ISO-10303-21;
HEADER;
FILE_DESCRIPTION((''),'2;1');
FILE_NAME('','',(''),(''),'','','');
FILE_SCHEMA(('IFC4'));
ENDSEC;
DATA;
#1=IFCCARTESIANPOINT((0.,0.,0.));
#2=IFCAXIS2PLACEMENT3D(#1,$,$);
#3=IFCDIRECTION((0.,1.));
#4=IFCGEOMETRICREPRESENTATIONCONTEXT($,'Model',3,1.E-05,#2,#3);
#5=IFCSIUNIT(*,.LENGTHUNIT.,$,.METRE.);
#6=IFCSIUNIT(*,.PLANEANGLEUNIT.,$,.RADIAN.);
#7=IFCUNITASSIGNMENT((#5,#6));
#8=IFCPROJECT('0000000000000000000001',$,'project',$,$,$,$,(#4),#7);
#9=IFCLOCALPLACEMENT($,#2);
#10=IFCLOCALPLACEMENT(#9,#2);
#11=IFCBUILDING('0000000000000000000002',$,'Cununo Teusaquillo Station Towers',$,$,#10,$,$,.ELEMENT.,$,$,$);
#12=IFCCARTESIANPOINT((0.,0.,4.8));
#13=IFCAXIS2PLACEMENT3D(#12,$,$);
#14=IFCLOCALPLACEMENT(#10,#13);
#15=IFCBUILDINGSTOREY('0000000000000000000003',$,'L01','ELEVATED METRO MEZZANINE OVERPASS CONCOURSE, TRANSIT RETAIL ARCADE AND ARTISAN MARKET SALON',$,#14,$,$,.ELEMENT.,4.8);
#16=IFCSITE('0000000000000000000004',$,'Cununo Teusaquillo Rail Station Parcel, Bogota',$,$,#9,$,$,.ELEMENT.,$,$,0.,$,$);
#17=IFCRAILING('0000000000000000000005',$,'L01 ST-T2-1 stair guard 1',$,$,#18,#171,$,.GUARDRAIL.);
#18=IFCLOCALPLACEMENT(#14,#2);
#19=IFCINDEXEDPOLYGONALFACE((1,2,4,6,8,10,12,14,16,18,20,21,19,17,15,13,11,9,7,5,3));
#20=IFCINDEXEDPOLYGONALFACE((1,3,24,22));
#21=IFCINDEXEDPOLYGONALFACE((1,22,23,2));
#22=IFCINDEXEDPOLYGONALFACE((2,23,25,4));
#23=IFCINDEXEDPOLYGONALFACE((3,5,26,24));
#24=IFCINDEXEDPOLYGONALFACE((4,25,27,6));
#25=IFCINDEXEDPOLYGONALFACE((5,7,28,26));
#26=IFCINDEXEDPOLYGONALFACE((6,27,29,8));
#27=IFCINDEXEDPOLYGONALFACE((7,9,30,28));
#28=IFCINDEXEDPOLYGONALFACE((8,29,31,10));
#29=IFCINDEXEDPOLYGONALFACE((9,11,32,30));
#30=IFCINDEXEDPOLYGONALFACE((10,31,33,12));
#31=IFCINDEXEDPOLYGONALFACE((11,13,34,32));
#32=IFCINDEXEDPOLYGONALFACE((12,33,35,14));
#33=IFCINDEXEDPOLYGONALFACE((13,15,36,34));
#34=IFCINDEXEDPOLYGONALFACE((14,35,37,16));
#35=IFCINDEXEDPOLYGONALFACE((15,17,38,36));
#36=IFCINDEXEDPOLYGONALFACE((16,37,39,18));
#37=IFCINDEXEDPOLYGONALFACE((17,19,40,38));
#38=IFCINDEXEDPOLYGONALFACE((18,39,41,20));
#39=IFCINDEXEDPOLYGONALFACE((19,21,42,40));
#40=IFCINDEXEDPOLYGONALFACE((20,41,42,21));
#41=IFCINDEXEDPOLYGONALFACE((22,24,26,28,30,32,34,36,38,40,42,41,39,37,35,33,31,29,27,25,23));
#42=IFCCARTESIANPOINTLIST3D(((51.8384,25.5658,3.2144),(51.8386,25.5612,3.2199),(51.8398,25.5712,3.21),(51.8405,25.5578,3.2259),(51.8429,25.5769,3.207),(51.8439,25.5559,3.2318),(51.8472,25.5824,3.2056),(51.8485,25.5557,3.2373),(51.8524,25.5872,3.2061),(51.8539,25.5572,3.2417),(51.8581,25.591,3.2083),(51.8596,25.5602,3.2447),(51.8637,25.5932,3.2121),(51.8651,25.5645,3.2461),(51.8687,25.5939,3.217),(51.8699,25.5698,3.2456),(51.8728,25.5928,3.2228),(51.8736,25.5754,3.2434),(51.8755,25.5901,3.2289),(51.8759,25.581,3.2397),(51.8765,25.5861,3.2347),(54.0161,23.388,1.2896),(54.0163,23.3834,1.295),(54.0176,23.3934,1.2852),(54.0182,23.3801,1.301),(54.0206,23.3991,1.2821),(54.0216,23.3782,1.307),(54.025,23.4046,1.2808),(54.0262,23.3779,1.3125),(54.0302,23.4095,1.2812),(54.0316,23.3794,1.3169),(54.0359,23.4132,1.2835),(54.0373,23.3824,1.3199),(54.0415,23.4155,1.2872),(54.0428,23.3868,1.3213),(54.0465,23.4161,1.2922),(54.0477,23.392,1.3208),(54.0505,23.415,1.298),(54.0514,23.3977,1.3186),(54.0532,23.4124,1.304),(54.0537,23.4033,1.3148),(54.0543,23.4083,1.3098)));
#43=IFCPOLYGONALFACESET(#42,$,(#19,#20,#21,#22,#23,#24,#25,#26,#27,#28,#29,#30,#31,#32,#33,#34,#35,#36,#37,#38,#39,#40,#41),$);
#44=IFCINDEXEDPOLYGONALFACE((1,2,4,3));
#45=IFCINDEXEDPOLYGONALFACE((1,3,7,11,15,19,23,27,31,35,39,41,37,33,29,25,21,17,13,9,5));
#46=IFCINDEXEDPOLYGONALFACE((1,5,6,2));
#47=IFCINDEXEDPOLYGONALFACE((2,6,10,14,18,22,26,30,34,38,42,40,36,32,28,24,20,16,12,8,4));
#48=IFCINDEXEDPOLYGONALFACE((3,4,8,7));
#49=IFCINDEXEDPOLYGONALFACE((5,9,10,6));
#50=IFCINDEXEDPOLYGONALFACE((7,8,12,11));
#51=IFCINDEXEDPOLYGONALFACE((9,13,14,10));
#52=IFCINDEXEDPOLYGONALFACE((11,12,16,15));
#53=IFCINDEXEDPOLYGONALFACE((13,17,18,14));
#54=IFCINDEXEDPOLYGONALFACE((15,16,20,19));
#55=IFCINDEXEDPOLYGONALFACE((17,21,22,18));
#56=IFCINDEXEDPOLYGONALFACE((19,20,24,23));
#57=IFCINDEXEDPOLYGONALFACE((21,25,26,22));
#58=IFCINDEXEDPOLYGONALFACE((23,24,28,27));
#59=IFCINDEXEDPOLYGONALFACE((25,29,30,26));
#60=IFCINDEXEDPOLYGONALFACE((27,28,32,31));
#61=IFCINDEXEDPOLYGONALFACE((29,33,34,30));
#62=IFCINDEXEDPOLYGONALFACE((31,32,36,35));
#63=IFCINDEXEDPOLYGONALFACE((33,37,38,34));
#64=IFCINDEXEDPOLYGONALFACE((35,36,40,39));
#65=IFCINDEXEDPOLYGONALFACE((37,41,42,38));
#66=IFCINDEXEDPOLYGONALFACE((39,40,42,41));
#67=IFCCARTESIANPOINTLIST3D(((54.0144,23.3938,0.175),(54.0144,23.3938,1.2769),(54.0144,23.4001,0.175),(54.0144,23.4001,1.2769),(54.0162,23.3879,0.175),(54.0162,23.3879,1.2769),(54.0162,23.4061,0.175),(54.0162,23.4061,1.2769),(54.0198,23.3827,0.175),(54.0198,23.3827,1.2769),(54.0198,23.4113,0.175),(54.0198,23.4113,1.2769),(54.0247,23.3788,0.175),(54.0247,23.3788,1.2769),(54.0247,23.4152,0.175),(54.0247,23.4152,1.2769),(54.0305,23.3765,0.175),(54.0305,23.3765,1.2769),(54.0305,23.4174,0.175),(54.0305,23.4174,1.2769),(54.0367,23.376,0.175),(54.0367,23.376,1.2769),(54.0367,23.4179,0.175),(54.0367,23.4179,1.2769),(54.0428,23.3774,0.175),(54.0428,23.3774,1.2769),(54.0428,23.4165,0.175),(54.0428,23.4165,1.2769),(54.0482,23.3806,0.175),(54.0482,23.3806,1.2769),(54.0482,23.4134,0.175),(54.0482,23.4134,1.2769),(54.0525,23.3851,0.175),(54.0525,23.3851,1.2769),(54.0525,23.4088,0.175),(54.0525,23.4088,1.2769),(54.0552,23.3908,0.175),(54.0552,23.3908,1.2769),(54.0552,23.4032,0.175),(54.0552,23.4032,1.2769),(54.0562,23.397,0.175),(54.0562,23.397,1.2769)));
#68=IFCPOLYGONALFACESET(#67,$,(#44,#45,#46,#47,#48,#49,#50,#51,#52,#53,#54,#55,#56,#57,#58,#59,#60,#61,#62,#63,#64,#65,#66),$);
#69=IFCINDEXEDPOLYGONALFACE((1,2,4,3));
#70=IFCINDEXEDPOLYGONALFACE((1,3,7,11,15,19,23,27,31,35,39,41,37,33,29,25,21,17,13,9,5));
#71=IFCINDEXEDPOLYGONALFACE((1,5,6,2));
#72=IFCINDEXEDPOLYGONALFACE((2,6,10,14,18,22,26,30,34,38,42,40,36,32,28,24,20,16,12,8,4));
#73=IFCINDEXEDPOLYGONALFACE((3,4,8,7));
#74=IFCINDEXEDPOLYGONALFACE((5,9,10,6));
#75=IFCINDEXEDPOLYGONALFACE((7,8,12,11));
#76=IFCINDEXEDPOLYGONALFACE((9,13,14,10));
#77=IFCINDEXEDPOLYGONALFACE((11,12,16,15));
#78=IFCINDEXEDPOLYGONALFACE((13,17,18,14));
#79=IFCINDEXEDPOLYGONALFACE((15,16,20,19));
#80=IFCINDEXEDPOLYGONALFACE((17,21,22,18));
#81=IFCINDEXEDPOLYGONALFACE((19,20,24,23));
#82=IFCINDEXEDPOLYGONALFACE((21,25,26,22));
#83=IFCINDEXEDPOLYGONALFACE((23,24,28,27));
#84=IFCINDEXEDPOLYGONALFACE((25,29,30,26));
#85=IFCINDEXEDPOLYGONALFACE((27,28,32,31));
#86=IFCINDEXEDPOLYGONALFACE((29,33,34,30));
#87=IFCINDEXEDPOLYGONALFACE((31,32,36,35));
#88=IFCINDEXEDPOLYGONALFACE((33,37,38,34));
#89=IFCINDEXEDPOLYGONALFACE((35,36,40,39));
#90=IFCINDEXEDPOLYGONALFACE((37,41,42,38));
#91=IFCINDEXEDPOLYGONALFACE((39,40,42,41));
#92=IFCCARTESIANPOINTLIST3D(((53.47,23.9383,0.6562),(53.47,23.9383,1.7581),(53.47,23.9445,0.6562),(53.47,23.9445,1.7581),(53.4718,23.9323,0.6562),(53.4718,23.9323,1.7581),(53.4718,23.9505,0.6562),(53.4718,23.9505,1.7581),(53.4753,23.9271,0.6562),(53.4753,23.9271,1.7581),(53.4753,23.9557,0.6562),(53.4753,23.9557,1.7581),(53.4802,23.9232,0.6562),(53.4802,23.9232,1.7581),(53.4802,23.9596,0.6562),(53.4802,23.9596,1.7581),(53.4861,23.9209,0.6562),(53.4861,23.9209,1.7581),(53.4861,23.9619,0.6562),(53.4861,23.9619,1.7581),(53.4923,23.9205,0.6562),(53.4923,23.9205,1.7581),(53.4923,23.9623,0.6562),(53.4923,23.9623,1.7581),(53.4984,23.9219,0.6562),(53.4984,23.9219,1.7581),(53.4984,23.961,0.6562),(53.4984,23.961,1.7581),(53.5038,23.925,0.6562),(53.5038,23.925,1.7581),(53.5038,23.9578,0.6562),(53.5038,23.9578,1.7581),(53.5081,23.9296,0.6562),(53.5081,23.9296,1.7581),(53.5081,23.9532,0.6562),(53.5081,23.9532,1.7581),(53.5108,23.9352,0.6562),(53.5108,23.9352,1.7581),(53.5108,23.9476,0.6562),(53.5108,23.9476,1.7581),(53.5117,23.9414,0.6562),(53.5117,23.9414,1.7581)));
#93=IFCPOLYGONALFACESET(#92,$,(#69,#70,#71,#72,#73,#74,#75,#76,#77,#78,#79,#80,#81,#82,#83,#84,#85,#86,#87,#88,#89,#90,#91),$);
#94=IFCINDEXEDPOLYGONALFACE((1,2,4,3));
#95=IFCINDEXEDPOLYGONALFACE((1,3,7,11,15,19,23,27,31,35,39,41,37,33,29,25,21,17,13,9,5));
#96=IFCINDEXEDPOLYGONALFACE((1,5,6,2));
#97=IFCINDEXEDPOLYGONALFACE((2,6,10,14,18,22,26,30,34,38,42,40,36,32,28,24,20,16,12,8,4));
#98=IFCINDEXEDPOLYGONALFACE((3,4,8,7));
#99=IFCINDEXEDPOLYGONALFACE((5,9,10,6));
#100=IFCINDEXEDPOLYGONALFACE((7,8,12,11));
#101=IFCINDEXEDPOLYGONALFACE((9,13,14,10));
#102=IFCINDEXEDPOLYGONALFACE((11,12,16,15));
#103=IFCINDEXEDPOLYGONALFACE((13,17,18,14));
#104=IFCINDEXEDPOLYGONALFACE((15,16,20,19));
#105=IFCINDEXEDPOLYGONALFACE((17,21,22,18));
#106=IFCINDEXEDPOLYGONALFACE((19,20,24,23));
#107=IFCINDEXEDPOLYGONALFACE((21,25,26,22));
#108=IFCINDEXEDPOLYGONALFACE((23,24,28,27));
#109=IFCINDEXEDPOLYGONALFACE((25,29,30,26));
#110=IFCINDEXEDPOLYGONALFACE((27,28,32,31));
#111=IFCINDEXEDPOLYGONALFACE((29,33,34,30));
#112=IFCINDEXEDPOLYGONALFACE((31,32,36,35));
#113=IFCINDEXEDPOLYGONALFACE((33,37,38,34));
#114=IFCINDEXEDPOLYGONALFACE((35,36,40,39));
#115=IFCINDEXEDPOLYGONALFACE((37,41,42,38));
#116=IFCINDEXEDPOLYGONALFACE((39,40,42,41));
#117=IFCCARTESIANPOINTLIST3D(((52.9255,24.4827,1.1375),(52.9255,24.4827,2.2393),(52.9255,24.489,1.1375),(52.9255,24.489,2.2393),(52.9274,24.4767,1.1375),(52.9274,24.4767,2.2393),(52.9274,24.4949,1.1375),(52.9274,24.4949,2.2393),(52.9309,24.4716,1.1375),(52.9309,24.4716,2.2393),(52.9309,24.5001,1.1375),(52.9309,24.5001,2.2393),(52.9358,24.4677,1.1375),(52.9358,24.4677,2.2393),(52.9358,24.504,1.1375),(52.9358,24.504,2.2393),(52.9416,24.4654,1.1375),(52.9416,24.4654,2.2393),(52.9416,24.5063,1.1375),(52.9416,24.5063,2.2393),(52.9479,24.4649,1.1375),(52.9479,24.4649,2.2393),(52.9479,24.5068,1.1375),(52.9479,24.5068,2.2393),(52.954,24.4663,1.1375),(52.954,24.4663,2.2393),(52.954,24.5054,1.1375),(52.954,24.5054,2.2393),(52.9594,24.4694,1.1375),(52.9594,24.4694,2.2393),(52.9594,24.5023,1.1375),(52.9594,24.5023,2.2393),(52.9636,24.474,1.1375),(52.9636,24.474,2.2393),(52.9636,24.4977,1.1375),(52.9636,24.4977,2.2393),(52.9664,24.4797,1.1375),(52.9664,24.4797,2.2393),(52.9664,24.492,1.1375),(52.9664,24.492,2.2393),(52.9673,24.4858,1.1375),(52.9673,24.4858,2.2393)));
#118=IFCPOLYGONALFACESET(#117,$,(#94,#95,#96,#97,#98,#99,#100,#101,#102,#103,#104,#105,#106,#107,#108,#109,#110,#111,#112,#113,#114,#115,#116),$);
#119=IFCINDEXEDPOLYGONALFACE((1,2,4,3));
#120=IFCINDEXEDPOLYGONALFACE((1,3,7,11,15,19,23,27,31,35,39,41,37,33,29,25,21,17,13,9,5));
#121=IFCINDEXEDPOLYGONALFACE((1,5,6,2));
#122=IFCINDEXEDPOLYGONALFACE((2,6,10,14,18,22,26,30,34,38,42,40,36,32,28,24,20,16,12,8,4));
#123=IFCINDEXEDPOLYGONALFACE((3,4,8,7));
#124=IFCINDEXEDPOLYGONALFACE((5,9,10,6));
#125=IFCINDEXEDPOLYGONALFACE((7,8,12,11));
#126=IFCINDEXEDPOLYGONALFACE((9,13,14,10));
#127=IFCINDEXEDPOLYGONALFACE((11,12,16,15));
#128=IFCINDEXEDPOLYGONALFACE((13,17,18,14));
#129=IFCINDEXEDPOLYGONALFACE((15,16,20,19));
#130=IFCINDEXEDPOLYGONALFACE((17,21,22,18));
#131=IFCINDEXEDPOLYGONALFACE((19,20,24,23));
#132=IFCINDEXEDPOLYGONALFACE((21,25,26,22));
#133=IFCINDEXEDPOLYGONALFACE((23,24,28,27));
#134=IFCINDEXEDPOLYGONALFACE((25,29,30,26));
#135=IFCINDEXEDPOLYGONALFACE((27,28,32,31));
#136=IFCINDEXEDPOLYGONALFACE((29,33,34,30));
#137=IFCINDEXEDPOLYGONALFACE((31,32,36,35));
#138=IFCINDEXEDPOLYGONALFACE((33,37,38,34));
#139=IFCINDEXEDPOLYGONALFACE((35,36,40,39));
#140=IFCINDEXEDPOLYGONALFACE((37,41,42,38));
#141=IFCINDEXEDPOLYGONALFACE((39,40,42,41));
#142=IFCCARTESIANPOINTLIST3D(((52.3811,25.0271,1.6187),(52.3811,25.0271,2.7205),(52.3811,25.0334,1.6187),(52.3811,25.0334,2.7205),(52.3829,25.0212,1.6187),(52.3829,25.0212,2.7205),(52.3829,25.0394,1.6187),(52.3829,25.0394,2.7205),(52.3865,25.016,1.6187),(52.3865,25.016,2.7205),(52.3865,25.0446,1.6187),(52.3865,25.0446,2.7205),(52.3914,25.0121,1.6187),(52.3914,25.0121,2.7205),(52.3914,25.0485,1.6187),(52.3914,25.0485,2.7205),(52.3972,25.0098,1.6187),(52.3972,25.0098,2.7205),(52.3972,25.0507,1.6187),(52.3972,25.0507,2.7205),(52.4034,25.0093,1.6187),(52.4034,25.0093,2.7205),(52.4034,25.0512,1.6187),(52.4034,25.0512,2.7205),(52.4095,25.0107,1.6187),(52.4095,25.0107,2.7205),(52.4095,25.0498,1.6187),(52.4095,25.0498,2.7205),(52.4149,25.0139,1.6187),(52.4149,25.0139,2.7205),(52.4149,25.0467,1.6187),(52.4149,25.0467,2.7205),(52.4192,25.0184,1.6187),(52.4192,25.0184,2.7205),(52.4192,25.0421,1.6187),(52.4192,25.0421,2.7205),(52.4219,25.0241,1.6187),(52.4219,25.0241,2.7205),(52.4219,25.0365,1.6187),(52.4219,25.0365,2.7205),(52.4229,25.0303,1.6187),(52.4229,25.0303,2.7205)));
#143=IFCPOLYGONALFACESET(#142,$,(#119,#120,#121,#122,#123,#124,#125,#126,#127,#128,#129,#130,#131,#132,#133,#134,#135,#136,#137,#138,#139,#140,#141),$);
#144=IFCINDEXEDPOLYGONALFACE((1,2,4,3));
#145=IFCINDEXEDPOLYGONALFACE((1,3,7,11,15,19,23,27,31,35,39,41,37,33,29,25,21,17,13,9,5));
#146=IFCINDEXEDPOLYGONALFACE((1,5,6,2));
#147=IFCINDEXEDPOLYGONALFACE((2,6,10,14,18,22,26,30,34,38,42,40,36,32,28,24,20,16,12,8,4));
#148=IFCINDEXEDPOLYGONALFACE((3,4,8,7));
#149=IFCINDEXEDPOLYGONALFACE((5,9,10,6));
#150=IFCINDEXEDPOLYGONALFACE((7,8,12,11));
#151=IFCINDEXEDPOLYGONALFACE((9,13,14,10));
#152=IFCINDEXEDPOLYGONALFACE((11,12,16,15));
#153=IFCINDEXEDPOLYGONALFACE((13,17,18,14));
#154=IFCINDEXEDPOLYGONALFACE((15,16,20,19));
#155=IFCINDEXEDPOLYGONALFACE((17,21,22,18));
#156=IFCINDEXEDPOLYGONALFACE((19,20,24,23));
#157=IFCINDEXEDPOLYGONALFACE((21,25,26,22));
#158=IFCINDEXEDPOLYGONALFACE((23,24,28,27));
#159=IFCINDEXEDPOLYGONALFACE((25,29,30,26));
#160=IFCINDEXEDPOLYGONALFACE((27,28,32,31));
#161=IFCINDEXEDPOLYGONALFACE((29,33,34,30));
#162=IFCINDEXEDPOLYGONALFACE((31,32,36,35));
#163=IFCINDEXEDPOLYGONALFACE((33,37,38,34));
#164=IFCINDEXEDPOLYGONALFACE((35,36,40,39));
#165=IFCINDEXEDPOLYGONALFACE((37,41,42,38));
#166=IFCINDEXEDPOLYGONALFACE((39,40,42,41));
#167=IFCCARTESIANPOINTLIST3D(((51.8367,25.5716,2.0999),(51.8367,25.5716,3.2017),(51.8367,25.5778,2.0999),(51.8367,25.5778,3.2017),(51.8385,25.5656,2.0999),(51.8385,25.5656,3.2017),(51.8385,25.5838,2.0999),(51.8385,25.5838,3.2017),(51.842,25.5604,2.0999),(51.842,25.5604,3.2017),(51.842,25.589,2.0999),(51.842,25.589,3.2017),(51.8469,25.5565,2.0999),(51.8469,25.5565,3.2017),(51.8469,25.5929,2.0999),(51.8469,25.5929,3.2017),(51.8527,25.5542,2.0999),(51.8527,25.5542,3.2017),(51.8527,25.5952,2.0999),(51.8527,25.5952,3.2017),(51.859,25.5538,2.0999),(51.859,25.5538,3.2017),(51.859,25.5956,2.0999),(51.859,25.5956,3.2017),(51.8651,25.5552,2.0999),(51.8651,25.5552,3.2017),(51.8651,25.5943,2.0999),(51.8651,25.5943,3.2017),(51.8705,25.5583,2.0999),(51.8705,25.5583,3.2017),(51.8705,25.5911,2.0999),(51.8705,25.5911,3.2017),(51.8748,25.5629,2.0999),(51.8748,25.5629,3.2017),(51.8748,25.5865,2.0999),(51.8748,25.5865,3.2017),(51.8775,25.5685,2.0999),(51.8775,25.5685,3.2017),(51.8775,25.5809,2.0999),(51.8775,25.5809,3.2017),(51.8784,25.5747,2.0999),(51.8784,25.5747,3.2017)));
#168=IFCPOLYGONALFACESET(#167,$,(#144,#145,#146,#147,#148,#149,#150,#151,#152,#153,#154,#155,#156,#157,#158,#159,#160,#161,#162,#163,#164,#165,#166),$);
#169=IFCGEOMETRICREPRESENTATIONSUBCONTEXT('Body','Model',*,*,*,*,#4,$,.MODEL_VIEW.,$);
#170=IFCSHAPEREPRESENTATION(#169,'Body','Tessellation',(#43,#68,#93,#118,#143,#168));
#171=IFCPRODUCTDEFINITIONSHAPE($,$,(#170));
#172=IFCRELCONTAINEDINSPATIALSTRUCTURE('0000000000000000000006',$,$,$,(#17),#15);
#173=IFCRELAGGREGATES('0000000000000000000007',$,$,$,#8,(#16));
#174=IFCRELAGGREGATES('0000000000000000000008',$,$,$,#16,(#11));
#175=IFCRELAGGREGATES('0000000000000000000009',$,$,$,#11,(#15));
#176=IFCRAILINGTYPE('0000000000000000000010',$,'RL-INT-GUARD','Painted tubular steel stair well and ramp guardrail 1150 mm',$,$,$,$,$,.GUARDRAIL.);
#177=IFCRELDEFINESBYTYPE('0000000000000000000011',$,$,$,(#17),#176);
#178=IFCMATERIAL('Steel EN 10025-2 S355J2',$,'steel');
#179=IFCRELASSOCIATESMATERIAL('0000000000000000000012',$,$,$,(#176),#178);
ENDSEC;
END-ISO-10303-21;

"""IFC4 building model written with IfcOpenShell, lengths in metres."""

from ifc_helpers import new_model, si_unit, direction, frame, origin, origin_2d, place, context, subcontext, project, spatial, circle, extrude, material, type_object, element, save


model = new_model("IFC4")

# Units and contexts
model_context = context("Model", 3, precision=1e-05, world=origin(), true_north=direction((0.0, 1.0)))
body_context = subcontext(model_context, "Body", "Model", "MODEL_VIEW")
ifc_project = project(units=[si_unit("LENGTHUNIT", "METRE"), si_unit("PLANEANGLEUNIT", "RADIAN")], contexts=[model_context])

# Site, building, storey
site_placement = place(None, origin())
site = spatial("IfcSite", under=ifc_project, at=site_placement, Name="Cununo Teusaquillo Rail Station Parcel, Bogota", CompositionType="ELEMENT", RefElevation=0.0)
building_placement = place(site_placement, origin())
building = spatial("IfcBuilding", under=site, at=building_placement, Name="Cununo Teusaquillo Station Towers", CompositionType="ELEMENT")
storey_placement = place(building_placement, frame((0.0, 0.0, 4.8)))
storey = spatial("IfcBuildingStorey", under=building, at=storey_placement, Name="L01", Description="ELEVATED METRO MEZZANINE OVERPASS CONCOURSE, TRANSIT RETAIL ARCADE AND ARTISAN MARKET SALON", CompositionType="ELEMENT", Elevation=4.8)

# Railing
ifc_material_1 = material(Name="Steel EN 10025-2 S355J2", Category="steel")
railing_type_1 = type_object("IfcRailingType", Name="RL-INT-GUARD", Description="Painted tubular steel stair well and ramp guardrail 1150 mm", PredefinedType="GUARDRAIL", material=ifc_material_1)
railing_1_placement = place(storey_placement, frame((54.0352, 23.397, 0.175)))
element("IfcRailing", 1, at=railing_1_placement, inside=storey, type_object=railing_type_1, Name="L01 ST-T2-1 stair guard 1", PredefinedType="GUARDRAIL", context=body_context, shape_type="SweptSolid", body=[
    extrude(circle(Radius=0.0239, at=origin_2d()), frame((0.0, 0.0, 1.126), z_axis=(-0.59963, 0.59963, 0.529987), x_axis=(-0.707107, -0.707107, 0.0)), (0.0, 0.0, 1.0), 3.6318),
    extrude(circle(Radius=0.021, at=origin_2d()), origin(), (0.0, 0.0, 1.0), 1.1018),
    extrude(circle(Radius=0.021, at=origin_2d()), frame((-0.5444, 0.5444, 0.4812)), (0.0, 0.0, 1.0), 1.1018),
    extrude(circle(Radius=0.021, at=origin_2d()), frame((-1.0889, 1.0889, 0.9624)), (0.0, 0.0, 1.0), 1.1018),
    extrude(circle(Radius=0.021, at=origin_2d()), frame((-1.6333, 1.6333, 1.4436)), (0.0, 0.0, 1.0), 1.1018),
    extrude(circle(Radius=0.021, at=origin_2d()), frame((-2.1777, 2.1777, 1.9248)), (0.0, 0.0, 1.0), 1.1018),
])

save(model, "model.ifc")
